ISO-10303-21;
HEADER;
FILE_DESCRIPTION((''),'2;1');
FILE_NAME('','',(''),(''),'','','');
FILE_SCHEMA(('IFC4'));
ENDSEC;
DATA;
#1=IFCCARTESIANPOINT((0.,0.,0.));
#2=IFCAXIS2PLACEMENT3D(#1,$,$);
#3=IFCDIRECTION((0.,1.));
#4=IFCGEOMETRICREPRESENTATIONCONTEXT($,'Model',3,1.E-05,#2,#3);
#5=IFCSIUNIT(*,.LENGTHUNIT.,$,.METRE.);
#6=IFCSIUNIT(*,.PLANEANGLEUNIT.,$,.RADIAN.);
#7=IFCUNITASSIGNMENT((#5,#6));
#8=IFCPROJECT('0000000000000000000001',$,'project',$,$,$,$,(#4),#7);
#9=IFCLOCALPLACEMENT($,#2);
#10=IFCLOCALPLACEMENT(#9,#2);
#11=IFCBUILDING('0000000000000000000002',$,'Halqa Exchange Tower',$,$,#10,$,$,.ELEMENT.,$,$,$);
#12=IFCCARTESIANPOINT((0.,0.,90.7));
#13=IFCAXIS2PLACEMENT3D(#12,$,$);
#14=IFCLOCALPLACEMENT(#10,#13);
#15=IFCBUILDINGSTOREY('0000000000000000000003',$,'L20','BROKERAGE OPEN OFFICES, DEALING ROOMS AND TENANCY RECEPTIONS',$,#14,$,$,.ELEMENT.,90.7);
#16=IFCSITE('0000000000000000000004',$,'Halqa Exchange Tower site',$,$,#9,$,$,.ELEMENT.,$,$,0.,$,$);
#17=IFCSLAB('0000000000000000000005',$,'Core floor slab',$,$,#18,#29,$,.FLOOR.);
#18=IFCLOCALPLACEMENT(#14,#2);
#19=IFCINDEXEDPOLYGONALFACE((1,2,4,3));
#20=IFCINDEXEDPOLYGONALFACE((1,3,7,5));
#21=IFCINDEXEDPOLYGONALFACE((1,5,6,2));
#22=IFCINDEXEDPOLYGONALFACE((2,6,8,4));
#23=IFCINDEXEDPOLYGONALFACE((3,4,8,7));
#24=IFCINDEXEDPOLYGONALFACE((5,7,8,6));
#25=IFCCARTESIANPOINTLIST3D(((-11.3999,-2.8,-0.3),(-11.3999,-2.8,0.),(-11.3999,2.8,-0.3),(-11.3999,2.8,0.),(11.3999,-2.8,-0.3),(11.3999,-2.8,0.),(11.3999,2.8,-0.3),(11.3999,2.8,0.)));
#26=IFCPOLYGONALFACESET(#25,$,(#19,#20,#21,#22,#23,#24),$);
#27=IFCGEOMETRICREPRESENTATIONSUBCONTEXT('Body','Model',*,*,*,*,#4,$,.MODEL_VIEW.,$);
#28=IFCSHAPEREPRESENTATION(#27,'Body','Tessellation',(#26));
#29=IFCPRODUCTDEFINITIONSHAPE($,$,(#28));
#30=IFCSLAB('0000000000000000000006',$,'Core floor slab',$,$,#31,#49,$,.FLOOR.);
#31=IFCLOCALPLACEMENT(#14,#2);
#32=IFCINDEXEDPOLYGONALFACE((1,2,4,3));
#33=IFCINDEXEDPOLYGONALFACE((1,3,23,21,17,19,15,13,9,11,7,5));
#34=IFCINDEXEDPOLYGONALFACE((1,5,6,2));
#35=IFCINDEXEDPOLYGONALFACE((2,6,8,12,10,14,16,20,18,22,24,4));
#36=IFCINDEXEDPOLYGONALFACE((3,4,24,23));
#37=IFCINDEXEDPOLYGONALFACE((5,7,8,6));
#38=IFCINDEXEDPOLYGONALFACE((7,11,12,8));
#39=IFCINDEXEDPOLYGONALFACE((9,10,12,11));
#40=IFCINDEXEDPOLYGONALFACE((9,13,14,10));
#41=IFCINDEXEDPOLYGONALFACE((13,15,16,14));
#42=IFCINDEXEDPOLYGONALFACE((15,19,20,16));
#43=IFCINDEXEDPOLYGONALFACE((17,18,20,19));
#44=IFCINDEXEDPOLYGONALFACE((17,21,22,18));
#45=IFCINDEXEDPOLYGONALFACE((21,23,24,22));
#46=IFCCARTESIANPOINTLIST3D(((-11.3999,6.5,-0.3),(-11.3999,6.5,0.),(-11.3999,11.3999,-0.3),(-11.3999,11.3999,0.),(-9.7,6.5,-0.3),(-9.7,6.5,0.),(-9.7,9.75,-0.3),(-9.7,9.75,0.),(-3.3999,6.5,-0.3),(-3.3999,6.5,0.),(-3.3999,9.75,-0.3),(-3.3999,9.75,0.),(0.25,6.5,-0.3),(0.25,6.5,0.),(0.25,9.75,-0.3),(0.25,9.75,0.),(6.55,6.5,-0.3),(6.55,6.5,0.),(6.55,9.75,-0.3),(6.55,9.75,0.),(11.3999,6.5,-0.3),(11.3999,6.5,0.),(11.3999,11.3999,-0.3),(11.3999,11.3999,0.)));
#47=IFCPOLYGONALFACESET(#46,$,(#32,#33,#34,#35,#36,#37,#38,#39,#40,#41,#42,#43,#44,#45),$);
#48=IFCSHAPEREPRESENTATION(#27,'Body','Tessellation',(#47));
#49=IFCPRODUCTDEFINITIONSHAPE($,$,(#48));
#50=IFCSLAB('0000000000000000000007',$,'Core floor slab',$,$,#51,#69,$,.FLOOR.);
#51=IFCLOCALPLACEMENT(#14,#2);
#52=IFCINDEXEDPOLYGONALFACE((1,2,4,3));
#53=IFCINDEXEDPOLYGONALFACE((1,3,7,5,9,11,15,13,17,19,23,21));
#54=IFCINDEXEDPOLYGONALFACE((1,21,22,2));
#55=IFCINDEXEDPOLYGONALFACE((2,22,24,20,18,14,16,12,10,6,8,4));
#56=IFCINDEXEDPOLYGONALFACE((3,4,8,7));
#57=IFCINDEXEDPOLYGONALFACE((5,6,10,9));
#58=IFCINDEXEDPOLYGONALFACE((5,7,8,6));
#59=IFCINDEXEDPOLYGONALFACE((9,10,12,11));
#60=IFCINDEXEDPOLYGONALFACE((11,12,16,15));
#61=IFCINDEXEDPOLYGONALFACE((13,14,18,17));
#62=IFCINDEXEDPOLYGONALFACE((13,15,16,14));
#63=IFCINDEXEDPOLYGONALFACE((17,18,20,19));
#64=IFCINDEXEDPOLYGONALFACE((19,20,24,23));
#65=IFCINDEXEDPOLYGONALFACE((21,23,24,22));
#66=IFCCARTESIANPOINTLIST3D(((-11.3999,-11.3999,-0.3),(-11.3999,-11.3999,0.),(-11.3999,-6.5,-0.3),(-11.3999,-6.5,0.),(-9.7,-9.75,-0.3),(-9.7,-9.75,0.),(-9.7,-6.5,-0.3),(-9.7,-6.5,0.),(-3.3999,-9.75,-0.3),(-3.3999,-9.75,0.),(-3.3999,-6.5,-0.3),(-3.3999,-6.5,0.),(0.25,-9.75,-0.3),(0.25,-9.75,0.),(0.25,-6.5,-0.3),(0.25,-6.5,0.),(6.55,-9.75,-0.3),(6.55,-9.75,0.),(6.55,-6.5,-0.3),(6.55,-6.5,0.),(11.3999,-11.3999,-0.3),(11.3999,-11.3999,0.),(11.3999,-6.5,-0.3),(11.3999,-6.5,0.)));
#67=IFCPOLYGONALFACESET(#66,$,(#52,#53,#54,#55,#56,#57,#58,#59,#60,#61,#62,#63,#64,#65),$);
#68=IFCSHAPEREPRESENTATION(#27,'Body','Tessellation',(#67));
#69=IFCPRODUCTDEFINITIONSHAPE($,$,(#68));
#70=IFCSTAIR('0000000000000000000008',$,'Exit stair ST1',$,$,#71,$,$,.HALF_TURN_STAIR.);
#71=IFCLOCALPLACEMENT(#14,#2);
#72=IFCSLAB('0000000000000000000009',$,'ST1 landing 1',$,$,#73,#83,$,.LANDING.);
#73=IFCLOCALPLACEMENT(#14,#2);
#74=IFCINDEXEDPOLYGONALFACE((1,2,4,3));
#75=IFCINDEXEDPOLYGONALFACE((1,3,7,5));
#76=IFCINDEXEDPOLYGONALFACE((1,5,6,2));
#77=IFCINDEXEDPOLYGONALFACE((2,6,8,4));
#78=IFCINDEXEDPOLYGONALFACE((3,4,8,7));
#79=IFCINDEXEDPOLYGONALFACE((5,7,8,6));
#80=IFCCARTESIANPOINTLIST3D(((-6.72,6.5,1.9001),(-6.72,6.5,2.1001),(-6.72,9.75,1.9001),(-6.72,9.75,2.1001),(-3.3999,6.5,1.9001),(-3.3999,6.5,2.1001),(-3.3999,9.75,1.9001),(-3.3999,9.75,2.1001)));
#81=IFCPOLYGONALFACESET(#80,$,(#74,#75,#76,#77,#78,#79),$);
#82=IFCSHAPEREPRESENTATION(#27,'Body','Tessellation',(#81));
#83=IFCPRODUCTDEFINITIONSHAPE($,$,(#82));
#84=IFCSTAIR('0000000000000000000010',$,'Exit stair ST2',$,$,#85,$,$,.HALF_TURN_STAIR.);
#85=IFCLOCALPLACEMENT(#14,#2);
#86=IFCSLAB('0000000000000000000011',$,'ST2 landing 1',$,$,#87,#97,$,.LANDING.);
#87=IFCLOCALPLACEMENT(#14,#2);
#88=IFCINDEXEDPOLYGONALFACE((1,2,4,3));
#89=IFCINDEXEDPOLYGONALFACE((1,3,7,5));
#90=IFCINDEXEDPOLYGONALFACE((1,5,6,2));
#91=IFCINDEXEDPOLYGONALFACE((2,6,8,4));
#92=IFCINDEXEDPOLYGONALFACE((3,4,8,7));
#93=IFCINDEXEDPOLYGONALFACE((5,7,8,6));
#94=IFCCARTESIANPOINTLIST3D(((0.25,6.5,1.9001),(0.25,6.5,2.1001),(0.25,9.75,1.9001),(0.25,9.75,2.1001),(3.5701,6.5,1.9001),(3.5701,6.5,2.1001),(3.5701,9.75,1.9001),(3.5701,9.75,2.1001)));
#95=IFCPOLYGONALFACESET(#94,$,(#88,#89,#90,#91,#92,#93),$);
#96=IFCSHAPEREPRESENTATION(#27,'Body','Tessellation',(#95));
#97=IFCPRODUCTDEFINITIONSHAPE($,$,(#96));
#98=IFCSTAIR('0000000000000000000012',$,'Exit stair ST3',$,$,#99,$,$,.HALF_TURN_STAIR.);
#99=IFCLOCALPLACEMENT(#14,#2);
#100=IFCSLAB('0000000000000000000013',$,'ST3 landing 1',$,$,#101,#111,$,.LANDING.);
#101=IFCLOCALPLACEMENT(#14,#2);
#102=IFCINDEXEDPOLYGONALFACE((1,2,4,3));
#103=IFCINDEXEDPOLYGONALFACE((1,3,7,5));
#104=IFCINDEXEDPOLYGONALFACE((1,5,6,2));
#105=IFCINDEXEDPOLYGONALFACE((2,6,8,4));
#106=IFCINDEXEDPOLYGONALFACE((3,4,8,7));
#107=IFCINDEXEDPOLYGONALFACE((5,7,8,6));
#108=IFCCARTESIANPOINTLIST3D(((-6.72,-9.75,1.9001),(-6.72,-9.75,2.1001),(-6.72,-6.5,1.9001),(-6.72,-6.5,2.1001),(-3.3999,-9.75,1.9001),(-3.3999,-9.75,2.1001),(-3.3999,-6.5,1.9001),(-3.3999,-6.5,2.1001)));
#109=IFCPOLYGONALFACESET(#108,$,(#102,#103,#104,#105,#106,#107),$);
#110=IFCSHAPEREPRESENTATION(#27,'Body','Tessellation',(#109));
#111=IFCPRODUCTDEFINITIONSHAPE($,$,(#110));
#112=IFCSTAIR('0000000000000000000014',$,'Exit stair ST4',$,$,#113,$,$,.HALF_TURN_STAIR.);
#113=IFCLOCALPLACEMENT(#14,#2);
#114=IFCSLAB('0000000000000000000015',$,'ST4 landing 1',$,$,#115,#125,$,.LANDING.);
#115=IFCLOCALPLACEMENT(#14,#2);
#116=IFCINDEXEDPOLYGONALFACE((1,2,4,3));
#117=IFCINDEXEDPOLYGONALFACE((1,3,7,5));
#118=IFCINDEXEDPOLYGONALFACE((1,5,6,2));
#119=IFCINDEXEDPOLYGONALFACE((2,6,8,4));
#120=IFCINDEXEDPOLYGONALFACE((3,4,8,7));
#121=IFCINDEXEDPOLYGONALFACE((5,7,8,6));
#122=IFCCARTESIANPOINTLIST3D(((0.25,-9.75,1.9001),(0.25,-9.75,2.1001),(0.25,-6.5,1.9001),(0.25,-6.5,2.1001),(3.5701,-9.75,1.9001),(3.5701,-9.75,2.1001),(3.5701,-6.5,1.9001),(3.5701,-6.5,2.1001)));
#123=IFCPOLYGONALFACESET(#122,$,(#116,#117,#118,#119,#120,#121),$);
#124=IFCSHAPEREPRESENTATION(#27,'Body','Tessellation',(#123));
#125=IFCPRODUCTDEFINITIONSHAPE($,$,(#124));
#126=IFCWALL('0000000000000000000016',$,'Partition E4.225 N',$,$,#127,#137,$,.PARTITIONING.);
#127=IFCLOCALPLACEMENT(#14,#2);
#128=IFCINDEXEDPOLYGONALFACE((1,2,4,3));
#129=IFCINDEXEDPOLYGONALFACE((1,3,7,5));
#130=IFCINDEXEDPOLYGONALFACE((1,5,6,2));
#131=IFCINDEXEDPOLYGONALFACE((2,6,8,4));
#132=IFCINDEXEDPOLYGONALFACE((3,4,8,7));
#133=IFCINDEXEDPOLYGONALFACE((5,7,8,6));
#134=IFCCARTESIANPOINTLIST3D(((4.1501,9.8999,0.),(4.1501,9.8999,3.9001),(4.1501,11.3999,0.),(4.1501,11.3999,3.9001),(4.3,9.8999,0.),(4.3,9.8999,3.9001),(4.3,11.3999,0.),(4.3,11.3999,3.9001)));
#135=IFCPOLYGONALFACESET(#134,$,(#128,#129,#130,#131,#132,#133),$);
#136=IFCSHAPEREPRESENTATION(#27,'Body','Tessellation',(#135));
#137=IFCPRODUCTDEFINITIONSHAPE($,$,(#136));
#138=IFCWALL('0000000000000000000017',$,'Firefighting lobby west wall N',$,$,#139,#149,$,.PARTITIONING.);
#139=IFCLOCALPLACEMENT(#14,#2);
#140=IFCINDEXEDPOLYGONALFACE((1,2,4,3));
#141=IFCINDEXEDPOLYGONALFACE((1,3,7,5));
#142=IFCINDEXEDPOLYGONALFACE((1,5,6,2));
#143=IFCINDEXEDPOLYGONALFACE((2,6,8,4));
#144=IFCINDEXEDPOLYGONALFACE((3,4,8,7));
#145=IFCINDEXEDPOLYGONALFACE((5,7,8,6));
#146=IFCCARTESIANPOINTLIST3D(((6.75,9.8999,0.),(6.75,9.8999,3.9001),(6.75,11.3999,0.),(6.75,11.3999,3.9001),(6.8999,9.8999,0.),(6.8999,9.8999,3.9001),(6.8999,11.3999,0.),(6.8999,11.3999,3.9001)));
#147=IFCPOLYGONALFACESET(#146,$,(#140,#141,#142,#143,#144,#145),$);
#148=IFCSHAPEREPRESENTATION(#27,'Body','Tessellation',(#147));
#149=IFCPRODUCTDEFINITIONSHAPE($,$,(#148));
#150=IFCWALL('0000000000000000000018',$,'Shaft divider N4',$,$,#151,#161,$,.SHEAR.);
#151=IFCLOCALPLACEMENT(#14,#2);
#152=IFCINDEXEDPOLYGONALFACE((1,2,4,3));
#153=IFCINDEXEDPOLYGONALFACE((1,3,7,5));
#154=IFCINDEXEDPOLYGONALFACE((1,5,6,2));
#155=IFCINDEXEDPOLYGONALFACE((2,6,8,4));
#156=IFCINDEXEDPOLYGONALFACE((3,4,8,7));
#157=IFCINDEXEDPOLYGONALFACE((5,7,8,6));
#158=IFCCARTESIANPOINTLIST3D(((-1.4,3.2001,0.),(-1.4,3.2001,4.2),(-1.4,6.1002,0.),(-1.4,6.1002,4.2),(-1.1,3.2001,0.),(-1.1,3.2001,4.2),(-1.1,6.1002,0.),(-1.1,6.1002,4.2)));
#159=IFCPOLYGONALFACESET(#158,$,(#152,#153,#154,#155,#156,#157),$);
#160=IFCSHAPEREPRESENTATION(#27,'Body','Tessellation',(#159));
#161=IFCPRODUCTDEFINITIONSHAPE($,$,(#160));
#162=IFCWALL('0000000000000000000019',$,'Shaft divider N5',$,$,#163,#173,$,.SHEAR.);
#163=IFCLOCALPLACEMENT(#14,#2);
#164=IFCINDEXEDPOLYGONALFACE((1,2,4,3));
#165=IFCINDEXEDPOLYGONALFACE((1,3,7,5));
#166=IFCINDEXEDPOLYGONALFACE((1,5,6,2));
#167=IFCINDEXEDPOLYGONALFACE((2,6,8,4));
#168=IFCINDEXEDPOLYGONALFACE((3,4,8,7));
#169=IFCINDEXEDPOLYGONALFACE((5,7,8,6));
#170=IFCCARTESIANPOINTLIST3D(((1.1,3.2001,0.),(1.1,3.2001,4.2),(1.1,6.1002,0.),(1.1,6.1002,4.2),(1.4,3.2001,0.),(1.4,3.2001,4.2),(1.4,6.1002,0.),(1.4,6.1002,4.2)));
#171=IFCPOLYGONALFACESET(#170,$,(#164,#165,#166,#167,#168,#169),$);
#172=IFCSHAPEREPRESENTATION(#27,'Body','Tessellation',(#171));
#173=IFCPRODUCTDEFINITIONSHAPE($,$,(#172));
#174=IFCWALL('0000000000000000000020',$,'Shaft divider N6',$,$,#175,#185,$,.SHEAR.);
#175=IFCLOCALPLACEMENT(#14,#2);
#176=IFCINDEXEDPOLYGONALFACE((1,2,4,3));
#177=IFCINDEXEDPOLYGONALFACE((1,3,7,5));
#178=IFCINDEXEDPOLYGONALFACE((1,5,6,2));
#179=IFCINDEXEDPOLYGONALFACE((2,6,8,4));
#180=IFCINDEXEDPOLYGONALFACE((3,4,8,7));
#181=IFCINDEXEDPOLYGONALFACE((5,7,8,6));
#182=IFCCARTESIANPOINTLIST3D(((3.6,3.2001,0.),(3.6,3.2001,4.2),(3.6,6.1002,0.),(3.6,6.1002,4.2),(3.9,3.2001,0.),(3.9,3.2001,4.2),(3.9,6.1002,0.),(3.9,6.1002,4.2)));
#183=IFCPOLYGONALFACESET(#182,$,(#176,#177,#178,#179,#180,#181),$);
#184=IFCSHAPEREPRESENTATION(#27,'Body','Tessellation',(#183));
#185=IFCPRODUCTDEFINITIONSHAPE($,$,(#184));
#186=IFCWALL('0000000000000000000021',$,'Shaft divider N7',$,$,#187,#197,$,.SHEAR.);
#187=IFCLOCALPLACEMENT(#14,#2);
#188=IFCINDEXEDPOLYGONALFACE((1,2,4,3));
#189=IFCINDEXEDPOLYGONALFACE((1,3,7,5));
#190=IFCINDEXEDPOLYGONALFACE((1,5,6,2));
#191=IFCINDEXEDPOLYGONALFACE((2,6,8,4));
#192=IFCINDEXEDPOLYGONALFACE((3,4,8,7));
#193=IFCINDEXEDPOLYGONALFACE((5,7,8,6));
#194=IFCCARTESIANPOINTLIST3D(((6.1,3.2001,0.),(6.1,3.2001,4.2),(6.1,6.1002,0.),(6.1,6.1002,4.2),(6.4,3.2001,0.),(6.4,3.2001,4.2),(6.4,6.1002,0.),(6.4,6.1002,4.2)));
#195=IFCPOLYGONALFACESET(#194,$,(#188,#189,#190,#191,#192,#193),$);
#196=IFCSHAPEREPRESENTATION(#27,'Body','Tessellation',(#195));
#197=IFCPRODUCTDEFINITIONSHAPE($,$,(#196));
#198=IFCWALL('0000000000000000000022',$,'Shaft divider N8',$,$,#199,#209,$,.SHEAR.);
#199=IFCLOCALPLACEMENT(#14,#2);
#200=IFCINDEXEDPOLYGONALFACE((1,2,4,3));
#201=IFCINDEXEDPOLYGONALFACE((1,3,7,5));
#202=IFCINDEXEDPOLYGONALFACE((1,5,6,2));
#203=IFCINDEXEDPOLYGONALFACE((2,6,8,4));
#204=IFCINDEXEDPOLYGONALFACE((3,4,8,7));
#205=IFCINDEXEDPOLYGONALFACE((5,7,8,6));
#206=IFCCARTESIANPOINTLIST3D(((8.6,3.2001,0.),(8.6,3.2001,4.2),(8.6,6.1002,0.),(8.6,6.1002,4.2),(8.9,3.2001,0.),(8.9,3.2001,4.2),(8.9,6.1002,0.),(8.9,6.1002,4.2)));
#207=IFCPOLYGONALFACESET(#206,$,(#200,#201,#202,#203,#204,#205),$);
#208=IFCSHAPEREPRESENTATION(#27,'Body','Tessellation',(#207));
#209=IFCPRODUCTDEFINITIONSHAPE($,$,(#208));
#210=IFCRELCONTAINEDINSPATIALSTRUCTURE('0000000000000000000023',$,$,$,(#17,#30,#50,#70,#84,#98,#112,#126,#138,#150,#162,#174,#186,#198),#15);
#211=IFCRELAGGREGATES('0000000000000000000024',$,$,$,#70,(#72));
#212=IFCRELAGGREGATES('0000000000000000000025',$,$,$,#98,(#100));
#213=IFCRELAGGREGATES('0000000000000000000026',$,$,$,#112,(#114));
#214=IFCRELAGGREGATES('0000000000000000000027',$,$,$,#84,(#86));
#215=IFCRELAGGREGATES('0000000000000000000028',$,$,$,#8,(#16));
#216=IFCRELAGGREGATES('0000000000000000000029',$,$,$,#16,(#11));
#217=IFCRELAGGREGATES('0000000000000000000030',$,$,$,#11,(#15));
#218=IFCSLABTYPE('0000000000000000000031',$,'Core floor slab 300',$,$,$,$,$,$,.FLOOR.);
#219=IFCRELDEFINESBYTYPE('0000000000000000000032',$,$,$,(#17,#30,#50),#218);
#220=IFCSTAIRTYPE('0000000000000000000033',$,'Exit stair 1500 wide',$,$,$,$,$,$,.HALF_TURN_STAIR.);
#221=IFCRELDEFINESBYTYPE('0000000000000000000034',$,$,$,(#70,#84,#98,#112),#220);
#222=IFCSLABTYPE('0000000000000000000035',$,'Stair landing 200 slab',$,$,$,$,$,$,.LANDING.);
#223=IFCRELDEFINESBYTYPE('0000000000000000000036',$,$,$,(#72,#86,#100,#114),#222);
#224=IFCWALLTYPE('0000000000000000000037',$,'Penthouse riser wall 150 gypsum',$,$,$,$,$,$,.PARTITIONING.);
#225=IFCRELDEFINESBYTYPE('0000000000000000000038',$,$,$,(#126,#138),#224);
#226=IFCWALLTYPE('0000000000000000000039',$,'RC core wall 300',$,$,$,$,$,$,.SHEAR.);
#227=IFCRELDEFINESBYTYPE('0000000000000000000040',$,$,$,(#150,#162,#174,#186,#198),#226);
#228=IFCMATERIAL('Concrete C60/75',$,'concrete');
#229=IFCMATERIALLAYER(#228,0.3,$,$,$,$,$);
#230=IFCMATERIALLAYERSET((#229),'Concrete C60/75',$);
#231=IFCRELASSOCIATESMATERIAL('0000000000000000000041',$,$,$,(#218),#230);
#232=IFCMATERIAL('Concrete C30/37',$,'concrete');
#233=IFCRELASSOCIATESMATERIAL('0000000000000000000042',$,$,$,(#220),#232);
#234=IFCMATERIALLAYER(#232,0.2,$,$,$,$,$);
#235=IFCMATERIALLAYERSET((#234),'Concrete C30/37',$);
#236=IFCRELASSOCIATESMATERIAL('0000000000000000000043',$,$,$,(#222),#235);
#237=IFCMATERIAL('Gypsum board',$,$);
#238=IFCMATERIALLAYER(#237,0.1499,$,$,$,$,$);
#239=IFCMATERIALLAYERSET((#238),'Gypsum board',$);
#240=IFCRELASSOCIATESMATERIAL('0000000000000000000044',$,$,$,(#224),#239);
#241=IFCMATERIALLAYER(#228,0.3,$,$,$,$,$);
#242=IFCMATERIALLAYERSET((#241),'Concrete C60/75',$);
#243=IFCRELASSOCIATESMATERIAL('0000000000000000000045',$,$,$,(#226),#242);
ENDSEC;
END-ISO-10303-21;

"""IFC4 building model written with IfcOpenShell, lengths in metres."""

from ifc_helpers import new_model, si_unit, direction, frame, frame_2d, origin, place, context, subcontext, project, spatial, polyline, rectangle, outline, extrude, material, layer, layer_set, type_object, element, aggregate, save


model = new_model("IFC4")

# Units and contexts
model_context = context("Model", 3, precision=1e-05, world=origin(), true_north=direction((0.0, 1.0)))
body_context = subcontext(model_context, "Body", "Model", "MODEL_VIEW")
ifc_project = project(units=[si_unit("LENGTHUNIT", "METRE"), si_unit("PLANEANGLEUNIT", "RADIAN")], contexts=[model_context])

# Site, building, storey
site_placement = place(None, origin())
site = spatial("IfcSite", under=ifc_project, at=site_placement, Name="Halqa Exchange Tower site", CompositionType="ELEMENT", RefElevation=0.0)
building_placement = place(site_placement, origin())
building = spatial("IfcBuilding", under=site, at=building_placement, Name="Halqa Exchange Tower", CompositionType="ELEMENT")
storey_placement = place(building_placement, frame((0.0, 0.0, 90.7)))
storey = spatial("IfcBuildingStorey", under=building, at=storey_placement, Name="L20", Description="BROKERAGE OPEN OFFICES, DEALING ROOMS AND TENANCY RECEPTIONS", CompositionType="ELEMENT", Elevation=90.7)

# Shared definitions
ifc_material_1 = material(Name="Concrete C60/75", Category="concrete")

# Slabs
ifc_layer_1 = layer(ifc_material_1, 0.3)
ifc_layer_set_1 = layer_set([ifc_layer_1], Name="Concrete C60/75")
slab_type_1 = type_object("IfcSlabType", Name="Core floor slab 300", PredefinedType="FLOOR", material=ifc_layer_set_1)
slab_1_placement = place(storey_placement, frame((0.0, 0.0, -0.3)))
element("IfcSlab", 1, at=slab_1_placement, inside=storey, type_object=slab_type_1, Name="Core floor slab", PredefinedType="FLOOR", context=body_context, shape_type="SweptSolid", body=[
    extrude(outline(polyline([(-11.3999, 2.8), (11.3999, 2.8), (11.3999, -2.8), (-11.3999, -2.8), (-11.3999, 2.8)])), origin(), (0.0, 0.0, 1.0), 0.3),
])
slab_2_placement = place(storey_placement, frame((0.0, 0.0, -0.3)))
element("IfcSlab", 2, at=slab_2_placement, inside=storey, type_object=slab_type_1, Name="Core floor slab", PredefinedType="FLOOR", context=body_context, shape_type="SweptSolid", body=[
    extrude(outline(polyline([(-11.3999, 11.3999), (11.3999, 11.3999), (11.3999, 6.5), (6.55, 6.5), (6.55, 9.75), (0.25, 9.75), (0.25, 6.5), (-3.3999, 6.5), (-3.3999, 9.75), (-9.7, 9.75), (-9.7, 6.5), (-11.3999, 6.5), (-11.3999, 11.3999)])), origin(), (0.0, 0.0, 1.0), 0.3),
])
slab_3_placement = place(storey_placement, frame((0.0, 0.0, -0.3)))
element("IfcSlab", 3, at=slab_3_placement, inside=storey, type_object=slab_type_1, Name="Core floor slab", PredefinedType="FLOOR", context=body_context, shape_type="SweptSolid", body=[
    extrude(outline(polyline([(-9.7, -9.75), (-3.3999, -9.75), (-3.3999, -6.5), (0.25, -6.5), (0.25, -9.75), (6.55, -9.75), (6.55, -6.5), (11.3999, -6.5), (11.3999, -11.3999), (-11.3999, -11.3999), (-11.3999, -6.5), (-9.7, -6.5), (-9.7, -9.75)])), origin(), (0.0, 0.0, 1.0), 0.3),
])

# Stairs, slabs
ifc_material_2 = material(Name="Concrete C30/37", Category="concrete")
stair_type = type_object("IfcStairType", Name="Exit stair 1500 wide", PredefinedType="HALF_TURN_STAIR", material=ifc_material_2)
stair_1_placement = place(storey_placement, origin())
stair_1 = element("IfcStair", 4, at=stair_1_placement, inside=storey, type_object=stair_type, Name="Exit stair ST1", PredefinedType="HALF_TURN_STAIR")
ifc_layer_2 = layer(ifc_material_2, 0.2)
ifc_layer_set_2 = layer_set([ifc_layer_2], Name="Concrete C30/37")
slab_type_2 = type_object("IfcSlabType", Name="Stair landing 200 slab", PredefinedType="LANDING", material=ifc_layer_set_2)
slab_4_placement = place(storey_placement, frame((0.0, 0.0, 1.9001)))
slab_4 = element("IfcSlab", 5, at=slab_4_placement, type_object=slab_type_2, Name="ST1 landing 1", PredefinedType="LANDING", context=body_context, shape_type="SweptSolid", body=[
    extrude(outline(polyline([(-6.72, 6.5), (-3.3999, 6.5), (-3.3999, 9.75), (-6.72, 9.75), (-6.72, 6.5)])), origin(), (0.0, 0.0, 1.0), 0.2),
])
aggregate(stair_1, [slab_4])
stair_2_placement = place(storey_placement, origin())
stair_2 = element("IfcStair", 6, at=stair_2_placement, inside=storey, type_object=stair_type, Name="Exit stair ST2", PredefinedType="HALF_TURN_STAIR")
slab_5_placement = place(storey_placement, frame((0.0, 0.0, 1.9001)))
slab_5 = element("IfcSlab", 7, at=slab_5_placement, type_object=slab_type_2, Name="ST2 landing 1", PredefinedType="LANDING", context=body_context, shape_type="SweptSolid", body=[
    extrude(outline(polyline([(0.25, 6.5), (3.5701, 6.5), (3.5701, 9.75), (0.25, 9.75), (0.25, 6.5)])), origin(), (0.0, 0.0, 1.0), 0.2),
])
stair_3_placement = place(storey_placement, origin())
stair_3 = element("IfcStair", 8, at=stair_3_placement, inside=storey, type_object=stair_type, Name="Exit stair ST3", PredefinedType="HALF_TURN_STAIR")
slab_6_placement = place(storey_placement, frame((0.0, 0.0, 1.9001)))
slab_6 = element("IfcSlab", 9, at=slab_6_placement, type_object=slab_type_2, Name="ST3 landing 1", PredefinedType="LANDING", context=body_context, shape_type="SweptSolid", body=[
    extrude(outline(polyline([(-6.72, -9.75), (-3.3999, -9.75), (-3.3999, -6.5), (-6.72, -6.5), (-6.72, -9.75)])), origin(), (0.0, 0.0, 1.0), 0.2),
])
aggregate(stair_3, [slab_6])
stair_4_placement = place(storey_placement, origin())
stair_4 = element("IfcStair", 10, at=stair_4_placement, inside=storey, type_object=stair_type, Name="Exit stair ST4", PredefinedType="HALF_TURN_STAIR")
slab_7_placement = place(storey_placement, frame((0.0, 0.0, 1.9001)))
slab_7 = element("IfcSlab", 11, at=slab_7_placement, type_object=slab_type_2, Name="ST4 landing 1", PredefinedType="LANDING", context=body_context, shape_type="SweptSolid", body=[
    extrude(outline(polyline([(0.25, -9.75), (3.5701, -9.75), (3.5701, -6.5), (0.25, -6.5), (0.25, -9.75)])), origin(), (0.0, 0.0, 1.0), 0.2),
])
aggregate(stair_4, [slab_7])

# Walls
ifc_material_3 = material(Name="Gypsum board")
ifc_layer_3 = layer(ifc_material_3, 0.1499)
ifc_layer_set_3 = layer_set([ifc_layer_3], Name="Gypsum board")
wall_type_1 = type_object("IfcWallType", Name="Penthouse riser wall 150 gypsum", PredefinedType="PARTITIONING", material=ifc_layer_set_3)
for number, where, z_axis, x_axis, name in (
    (12, (4.2251, 9.8999, 0.0), (0.0, 0.0, 1.0), (0.0, 1.0, 0.0), "Partition E4.225 N"),
    (13, (6.825, 9.8999, 0.0), (0.0, 0.0, 1.0), (0.0, 1.0, 0.0), "Firefighting lobby west wall N"),
):
    element("IfcWall", number, at=place(storey_placement, frame(where, z_axis=z_axis, x_axis=x_axis)), inside=storey, type_object=wall_type_1, Name=name, PredefinedType="PARTITIONING", context=body_context, shape_type="SweptSolid", body=[
        extrude(rectangle(XDim=1.5, YDim=0.1499, at=frame_2d((0.75, 0.0))), origin(), (0.0, 0.0, 1.0), 3.9001),
    ])
ifc_layer_4 = layer(ifc_material_1, 0.3)
ifc_layer_set_4 = layer_set([ifc_layer_4], Name="Concrete C60/75")
wall_type_2 = type_object("IfcWallType", Name="RC core wall 300", PredefinedType="SHEAR", material=ifc_layer_set_4)
for number, where, z_axis, x_axis, name in (
    (14, (-1.25, 3.2, 0.0), (0.0, 0.0, 1.0), (0.0, 1.0, 0.0), "Shaft divider N4"),
    (15, (1.25, 3.2, 0.0), (0.0, 0.0, 1.0), (0.0, 1.0, 0.0), "Shaft divider N5"),
    (16, (3.75, 3.2, 0.0), (0.0, 0.0, 1.0), (0.0, 1.0, 0.0), "Shaft divider N6"),
    (17, (6.25, 3.2, 0.0), (0.0, 0.0, 1.0), (0.0, 1.0, 0.0), "Shaft divider N7"),
    (18, (8.75, 3.2, 0.0), (0.0, 0.0, 1.0), (0.0, 1.0, 0.0), "Shaft divider N8"),
):
    element("IfcWall", number, at=place(storey_placement, frame(where, z_axis=z_axis, x_axis=x_axis)), inside=storey, type_object=wall_type_2, Name=name, PredefinedType="SHEAR", context=body_context, shape_type="SweptSolid", body=[
        extrude(rectangle(XDim=2.9001, YDim=0.3, at=frame_2d((1.4502, 0.0))), origin(), (0.0, 0.0, 1.0), 4.2),
    ])

aggregate(stair_2, [slab_5])

save(model, "model.ifc")
